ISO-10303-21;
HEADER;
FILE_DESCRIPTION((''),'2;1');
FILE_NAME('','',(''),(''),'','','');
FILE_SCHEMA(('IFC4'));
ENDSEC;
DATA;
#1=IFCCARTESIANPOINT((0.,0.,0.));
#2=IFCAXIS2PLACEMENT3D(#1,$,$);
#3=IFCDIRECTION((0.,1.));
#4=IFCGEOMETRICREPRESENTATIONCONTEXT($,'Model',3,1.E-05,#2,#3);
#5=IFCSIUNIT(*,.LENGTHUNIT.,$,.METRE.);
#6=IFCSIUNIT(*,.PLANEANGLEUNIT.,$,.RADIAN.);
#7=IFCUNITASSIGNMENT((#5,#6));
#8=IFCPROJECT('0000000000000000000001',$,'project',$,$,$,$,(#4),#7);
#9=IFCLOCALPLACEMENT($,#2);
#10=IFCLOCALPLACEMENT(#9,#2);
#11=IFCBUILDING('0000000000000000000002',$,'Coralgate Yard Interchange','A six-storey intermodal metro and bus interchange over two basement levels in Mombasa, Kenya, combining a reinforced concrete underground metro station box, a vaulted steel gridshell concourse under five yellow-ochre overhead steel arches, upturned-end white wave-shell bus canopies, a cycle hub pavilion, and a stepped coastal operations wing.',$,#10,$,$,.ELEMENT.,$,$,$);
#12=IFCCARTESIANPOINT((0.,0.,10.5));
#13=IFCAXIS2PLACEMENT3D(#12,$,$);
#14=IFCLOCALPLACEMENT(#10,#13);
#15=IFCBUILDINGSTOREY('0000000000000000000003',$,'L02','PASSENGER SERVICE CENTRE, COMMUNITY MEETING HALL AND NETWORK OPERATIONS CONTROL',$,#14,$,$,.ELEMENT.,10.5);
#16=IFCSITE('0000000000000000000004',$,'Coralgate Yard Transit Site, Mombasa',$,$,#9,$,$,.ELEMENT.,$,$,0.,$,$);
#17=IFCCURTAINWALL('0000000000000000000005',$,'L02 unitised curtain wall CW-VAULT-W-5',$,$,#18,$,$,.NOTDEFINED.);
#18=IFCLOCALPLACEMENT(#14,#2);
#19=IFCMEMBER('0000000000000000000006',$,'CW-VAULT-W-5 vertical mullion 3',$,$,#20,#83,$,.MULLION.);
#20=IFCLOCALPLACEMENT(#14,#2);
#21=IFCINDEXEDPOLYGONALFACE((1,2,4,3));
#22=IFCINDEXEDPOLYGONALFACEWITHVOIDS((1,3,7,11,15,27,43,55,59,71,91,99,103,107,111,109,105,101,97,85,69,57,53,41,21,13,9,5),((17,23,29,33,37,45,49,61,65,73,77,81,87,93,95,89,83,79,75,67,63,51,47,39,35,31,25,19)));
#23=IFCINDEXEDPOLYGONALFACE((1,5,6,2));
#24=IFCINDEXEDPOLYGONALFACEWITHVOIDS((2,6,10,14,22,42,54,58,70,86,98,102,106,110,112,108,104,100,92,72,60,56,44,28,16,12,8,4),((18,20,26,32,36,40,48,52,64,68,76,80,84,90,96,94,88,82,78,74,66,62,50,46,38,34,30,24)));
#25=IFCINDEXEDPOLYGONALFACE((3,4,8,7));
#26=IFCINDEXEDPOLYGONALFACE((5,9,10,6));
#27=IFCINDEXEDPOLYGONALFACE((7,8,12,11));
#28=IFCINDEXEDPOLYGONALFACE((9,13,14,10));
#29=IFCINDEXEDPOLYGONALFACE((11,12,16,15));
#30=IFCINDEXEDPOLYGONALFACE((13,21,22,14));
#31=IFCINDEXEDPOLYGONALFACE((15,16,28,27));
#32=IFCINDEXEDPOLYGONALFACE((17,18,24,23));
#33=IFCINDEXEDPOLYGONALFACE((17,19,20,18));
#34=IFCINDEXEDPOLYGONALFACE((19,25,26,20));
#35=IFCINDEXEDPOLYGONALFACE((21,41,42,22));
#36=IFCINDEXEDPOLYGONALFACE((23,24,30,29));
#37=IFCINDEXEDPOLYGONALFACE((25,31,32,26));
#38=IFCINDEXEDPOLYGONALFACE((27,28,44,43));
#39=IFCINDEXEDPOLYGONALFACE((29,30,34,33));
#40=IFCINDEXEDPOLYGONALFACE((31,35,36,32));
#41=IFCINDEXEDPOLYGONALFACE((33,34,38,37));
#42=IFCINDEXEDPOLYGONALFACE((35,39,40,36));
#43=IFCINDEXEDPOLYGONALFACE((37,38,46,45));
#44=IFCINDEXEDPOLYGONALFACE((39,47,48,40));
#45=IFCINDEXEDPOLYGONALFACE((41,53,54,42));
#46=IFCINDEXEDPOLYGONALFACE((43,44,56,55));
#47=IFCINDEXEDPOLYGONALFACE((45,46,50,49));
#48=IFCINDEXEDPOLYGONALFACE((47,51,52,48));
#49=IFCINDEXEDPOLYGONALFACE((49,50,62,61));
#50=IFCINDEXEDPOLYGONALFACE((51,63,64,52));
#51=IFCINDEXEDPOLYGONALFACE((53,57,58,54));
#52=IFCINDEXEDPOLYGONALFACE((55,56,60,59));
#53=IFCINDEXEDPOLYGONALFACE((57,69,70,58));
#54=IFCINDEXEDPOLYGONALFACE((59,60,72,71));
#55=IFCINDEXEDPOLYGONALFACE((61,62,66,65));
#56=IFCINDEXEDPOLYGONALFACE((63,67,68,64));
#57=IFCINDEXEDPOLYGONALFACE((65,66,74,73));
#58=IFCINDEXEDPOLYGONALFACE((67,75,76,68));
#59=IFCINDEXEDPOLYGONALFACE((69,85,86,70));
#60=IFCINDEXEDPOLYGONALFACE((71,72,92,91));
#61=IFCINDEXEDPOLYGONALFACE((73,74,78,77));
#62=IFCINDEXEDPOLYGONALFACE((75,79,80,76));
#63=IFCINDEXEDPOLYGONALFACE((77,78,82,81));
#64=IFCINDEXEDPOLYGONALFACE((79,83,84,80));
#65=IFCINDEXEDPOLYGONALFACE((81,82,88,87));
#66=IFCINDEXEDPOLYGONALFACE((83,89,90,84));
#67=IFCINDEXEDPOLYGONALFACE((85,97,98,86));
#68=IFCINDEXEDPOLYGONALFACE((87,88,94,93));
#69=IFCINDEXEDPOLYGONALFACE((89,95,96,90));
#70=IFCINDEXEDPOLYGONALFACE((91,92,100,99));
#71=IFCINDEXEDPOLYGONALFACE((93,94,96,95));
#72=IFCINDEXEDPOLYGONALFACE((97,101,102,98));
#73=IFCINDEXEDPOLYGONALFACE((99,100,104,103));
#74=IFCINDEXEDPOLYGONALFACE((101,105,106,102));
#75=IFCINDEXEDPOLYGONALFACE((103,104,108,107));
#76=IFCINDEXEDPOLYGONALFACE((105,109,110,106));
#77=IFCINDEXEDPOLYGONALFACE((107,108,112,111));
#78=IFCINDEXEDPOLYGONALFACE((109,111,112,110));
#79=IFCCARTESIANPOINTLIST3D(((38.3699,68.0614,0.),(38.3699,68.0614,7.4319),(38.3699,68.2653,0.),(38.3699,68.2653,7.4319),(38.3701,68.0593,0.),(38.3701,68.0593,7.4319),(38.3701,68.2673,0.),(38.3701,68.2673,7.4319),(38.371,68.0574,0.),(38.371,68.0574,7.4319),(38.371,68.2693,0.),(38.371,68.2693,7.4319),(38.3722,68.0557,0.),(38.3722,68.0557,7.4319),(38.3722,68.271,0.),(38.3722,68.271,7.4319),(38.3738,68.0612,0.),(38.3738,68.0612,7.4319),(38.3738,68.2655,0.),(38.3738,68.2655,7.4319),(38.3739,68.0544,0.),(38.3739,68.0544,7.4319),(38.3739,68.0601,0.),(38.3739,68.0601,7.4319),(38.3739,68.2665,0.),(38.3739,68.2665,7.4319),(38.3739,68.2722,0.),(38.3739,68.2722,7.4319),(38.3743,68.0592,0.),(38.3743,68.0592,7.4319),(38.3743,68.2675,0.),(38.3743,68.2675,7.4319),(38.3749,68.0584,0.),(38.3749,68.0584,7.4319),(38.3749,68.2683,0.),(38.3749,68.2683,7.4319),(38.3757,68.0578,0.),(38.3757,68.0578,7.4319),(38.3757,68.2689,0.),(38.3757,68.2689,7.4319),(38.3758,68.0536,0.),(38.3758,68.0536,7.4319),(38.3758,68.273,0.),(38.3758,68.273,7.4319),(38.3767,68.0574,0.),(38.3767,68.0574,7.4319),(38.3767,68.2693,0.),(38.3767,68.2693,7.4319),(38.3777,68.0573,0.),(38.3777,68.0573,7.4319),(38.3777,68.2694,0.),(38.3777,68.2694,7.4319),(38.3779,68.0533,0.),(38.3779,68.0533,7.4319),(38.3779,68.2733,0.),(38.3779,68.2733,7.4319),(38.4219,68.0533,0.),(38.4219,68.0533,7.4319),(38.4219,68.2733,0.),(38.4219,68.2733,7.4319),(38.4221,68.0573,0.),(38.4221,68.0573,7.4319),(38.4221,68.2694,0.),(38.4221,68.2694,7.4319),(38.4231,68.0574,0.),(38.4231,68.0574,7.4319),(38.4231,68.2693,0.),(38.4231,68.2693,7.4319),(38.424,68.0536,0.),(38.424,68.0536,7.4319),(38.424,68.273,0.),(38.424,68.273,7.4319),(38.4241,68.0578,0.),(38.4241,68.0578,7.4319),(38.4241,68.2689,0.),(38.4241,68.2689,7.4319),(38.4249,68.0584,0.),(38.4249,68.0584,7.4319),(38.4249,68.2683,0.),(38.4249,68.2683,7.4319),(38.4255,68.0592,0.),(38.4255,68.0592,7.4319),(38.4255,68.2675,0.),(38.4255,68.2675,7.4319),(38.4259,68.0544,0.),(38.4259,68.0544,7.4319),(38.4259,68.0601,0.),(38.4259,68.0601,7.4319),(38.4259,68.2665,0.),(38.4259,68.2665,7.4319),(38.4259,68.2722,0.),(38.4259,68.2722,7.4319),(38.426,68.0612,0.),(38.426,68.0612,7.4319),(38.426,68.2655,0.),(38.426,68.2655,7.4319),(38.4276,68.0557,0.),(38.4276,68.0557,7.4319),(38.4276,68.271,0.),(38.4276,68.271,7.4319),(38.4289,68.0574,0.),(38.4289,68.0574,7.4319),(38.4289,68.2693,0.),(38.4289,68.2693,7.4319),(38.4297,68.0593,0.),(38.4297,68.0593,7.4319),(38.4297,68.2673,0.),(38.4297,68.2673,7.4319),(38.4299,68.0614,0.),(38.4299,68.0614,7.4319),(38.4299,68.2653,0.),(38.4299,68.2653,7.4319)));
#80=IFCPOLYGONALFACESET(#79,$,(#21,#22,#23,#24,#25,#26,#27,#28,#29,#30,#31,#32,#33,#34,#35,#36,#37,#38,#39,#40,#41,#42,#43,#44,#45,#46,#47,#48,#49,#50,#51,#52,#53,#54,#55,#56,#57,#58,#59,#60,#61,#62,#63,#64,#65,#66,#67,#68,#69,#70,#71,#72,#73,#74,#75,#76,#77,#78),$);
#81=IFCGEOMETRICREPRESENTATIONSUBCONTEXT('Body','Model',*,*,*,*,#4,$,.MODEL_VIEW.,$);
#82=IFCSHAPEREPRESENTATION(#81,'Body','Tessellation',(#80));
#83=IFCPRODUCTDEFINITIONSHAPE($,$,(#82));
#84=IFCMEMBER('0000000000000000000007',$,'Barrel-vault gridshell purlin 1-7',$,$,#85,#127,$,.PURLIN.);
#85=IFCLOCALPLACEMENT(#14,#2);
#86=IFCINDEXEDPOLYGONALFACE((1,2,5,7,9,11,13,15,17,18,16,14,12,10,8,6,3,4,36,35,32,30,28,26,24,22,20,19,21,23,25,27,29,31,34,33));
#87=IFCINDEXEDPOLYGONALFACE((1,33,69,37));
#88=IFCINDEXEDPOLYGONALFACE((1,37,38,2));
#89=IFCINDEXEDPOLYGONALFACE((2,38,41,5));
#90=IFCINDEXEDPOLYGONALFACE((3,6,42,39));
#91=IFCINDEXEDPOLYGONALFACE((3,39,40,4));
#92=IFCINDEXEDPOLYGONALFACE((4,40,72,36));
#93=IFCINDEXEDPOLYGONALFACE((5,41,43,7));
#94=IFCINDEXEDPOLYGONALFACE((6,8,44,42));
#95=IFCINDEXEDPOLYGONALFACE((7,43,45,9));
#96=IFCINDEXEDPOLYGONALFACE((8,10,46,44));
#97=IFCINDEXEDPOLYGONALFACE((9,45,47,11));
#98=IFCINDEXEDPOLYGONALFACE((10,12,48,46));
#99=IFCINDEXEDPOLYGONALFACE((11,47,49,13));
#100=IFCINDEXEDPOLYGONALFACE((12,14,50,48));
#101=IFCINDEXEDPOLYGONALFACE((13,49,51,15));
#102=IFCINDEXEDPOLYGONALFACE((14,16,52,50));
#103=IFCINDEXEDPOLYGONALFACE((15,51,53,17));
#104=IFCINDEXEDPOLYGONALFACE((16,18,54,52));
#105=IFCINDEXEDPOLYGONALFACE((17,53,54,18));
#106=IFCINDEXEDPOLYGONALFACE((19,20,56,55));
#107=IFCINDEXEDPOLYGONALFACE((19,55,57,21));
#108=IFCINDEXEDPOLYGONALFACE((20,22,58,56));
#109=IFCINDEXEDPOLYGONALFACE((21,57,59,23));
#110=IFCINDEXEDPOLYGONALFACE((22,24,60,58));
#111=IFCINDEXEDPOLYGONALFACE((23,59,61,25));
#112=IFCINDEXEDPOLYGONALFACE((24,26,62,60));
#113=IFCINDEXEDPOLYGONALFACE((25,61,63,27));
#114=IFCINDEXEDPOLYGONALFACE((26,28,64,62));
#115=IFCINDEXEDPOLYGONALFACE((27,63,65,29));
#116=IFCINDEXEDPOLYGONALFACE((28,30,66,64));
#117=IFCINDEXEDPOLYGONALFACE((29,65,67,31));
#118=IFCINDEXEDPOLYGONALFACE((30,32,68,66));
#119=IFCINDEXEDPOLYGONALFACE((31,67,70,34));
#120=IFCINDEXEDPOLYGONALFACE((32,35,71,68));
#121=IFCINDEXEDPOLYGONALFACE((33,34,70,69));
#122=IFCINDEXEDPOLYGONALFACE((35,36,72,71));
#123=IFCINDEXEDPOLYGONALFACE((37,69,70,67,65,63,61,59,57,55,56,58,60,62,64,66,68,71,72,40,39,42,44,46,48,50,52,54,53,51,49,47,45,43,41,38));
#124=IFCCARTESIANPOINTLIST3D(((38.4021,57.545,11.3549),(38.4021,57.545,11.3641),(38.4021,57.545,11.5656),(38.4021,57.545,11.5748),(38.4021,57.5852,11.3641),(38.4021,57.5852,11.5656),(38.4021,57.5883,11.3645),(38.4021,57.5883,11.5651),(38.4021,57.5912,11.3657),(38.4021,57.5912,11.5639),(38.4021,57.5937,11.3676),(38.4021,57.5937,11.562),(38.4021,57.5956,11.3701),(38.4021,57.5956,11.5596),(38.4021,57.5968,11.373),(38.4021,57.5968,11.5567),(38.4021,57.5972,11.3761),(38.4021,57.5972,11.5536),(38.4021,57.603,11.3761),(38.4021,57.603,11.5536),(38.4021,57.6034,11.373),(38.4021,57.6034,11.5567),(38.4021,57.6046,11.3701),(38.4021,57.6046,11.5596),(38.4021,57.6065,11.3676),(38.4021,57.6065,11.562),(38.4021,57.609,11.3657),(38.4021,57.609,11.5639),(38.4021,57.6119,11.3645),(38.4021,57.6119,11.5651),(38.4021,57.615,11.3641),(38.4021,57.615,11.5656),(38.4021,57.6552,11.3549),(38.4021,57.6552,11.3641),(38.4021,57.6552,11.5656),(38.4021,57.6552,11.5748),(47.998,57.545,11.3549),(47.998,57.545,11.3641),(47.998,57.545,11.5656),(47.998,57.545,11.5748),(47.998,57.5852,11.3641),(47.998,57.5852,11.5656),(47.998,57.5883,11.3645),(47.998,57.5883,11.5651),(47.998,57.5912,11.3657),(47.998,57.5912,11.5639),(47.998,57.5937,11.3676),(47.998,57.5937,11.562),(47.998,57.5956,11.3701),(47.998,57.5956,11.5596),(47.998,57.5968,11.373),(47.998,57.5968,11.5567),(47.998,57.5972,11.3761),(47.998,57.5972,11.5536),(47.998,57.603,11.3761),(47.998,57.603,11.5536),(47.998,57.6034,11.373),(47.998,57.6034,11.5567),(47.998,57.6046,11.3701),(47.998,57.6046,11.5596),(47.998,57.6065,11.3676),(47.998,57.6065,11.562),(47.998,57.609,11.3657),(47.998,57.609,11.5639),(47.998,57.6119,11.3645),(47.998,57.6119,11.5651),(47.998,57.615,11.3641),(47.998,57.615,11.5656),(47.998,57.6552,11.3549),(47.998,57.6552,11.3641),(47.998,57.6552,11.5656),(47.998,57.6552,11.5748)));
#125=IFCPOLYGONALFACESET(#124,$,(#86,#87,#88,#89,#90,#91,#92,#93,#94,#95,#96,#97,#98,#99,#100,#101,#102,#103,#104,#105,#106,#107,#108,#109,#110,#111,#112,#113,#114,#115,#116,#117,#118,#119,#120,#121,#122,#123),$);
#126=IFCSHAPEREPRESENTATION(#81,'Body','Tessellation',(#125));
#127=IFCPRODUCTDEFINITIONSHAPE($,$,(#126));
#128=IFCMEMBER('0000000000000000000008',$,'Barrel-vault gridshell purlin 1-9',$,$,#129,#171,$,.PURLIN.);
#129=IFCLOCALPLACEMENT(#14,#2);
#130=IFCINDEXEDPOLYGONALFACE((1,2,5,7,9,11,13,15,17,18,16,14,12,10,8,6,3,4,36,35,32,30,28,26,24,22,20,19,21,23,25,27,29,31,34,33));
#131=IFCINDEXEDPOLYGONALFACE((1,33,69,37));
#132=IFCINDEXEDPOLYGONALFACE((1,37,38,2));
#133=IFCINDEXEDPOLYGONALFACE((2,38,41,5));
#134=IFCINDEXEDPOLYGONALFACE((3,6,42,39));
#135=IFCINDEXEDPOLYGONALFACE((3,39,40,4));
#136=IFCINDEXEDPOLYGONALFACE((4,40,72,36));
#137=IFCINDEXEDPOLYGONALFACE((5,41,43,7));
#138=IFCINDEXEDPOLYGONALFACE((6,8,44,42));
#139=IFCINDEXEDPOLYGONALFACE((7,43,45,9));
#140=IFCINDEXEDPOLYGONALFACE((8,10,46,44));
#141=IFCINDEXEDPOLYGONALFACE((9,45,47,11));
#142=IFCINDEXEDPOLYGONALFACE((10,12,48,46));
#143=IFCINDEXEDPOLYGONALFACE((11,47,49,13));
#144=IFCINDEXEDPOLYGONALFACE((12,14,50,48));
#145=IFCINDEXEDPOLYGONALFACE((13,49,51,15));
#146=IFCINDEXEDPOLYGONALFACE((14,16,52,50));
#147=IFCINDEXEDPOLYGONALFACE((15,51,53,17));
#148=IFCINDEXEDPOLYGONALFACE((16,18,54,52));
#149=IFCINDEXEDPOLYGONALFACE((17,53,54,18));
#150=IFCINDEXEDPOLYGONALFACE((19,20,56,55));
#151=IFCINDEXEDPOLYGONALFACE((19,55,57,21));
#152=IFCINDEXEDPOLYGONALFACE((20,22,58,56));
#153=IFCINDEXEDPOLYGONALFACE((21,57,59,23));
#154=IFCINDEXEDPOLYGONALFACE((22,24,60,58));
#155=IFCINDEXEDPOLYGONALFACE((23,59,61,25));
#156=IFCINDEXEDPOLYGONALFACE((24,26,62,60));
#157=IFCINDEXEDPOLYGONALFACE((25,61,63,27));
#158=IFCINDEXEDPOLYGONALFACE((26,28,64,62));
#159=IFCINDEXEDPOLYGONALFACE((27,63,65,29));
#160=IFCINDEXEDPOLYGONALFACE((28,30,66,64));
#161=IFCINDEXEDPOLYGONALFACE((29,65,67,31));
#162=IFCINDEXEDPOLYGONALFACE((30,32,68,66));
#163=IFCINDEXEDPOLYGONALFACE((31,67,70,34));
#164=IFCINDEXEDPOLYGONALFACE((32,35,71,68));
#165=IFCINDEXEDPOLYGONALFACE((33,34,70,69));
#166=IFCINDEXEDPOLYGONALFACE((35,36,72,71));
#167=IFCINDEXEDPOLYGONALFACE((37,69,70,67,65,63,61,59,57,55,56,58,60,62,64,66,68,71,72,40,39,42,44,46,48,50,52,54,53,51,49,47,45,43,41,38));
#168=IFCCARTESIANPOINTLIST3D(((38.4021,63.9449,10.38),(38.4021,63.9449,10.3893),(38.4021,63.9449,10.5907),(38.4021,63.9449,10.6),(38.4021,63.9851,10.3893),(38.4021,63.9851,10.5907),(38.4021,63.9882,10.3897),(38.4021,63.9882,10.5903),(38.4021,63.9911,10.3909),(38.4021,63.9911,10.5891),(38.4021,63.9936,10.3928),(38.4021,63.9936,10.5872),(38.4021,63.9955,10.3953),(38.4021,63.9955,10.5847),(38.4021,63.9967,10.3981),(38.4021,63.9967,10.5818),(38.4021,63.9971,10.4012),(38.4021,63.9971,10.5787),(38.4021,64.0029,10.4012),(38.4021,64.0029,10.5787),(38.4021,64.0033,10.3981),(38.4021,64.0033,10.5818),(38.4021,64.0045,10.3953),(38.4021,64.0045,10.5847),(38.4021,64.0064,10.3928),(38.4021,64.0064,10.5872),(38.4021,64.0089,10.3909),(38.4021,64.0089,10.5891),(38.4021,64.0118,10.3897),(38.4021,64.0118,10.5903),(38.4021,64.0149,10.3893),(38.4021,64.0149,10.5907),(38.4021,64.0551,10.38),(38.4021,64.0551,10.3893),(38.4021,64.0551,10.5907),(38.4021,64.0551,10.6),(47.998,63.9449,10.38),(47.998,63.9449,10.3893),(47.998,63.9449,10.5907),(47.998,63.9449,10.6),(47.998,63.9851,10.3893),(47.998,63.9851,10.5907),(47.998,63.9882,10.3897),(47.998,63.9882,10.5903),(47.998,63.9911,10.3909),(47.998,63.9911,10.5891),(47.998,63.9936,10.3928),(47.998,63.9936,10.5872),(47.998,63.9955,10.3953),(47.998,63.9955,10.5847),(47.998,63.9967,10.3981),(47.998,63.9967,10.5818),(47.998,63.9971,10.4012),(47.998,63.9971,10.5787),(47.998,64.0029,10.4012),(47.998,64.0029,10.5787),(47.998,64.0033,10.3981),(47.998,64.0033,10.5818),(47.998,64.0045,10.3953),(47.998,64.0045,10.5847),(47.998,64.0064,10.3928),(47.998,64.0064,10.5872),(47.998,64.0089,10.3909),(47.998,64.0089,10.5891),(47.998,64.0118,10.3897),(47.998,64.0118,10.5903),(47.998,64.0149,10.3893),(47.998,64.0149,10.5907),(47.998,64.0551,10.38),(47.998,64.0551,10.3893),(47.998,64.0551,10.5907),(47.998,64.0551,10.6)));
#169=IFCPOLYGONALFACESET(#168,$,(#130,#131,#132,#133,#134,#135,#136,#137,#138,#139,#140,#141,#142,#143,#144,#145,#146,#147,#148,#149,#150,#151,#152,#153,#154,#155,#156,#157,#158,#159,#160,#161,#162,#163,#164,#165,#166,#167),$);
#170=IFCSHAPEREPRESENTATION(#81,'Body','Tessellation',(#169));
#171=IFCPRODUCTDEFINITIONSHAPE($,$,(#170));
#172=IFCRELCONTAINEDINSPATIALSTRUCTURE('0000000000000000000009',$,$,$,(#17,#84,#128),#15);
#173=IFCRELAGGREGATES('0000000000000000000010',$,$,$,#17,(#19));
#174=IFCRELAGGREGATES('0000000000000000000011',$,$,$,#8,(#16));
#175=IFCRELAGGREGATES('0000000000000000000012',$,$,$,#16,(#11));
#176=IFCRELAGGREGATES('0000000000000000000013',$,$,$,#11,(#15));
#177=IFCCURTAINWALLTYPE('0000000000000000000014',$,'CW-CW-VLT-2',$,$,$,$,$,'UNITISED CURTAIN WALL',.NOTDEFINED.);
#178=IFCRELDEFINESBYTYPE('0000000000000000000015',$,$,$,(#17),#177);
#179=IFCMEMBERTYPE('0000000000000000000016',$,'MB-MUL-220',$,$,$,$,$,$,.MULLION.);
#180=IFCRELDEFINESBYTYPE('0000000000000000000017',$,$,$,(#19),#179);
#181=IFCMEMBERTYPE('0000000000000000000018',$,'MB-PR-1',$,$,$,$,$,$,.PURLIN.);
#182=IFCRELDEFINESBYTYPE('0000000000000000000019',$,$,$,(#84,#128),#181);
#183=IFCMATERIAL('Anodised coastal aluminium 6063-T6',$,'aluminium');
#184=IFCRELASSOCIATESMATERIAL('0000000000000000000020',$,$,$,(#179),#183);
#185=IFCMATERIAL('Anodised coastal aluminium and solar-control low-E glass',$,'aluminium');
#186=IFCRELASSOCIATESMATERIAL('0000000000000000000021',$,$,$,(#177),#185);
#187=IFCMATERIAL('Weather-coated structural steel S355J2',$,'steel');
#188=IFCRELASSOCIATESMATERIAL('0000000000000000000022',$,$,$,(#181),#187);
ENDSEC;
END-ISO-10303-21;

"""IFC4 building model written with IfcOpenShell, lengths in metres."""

from ifc_helpers import new_model, si_unit, direction, frame, origin, origin_2d, place, context, subcontext, project, spatial, hollow_rectangle, i_section, extrude, material, material_profile, profile_set, type_object, element, aggregate, save


model = new_model("IFC4")

# Units and contexts
model_context = context("Model", 3, precision=1e-05, world=origin(), true_north=direction((0.0, 1.0)))
body_context = subcontext(model_context, "Body", "Model", "MODEL_VIEW")
ifc_project = project(units=[si_unit("LENGTHUNIT", "METRE"), si_unit("PLANEANGLEUNIT", "RADIAN")], contexts=[model_context])

# Site, building, storey
site_placement = place(None, origin())
site = spatial("IfcSite", under=ifc_project, at=site_placement, Name="Coralgate Yard Transit Site, Mombasa", CompositionType="ELEMENT", RefElevation=0.0)
building_placement = place(site_placement, origin())
building = spatial("IfcBuilding", under=site, at=building_placement, Name="Coralgate Yard Interchange", Description="A six-storey intermodal metro and bus interchange over two basement levels in Mombasa, Kenya, combining a reinforced concrete underground metro station box, a vaulted steel gridshell concourse under five yellow-ochre overhead steel arches, upturned-end white wave-shell bus canopies, a cycle hub pavilion, and a stepped coastal operations wing.", CompositionType="ELEMENT")
storey_placement = place(building_placement, frame((0.0, 0.0, 10.5)))
storey = spatial("IfcBuildingStorey", under=building, at=storey_placement, Name="L02", Description="PASSENGER SERVICE CENTRE, COMMUNITY MEETING HALL AND NETWORK OPERATIONS CONTROL", CompositionType="ELEMENT", Elevation=10.5)

# Shared definitions
ifc_material_1 = material(Name="Weather-coated structural steel S355J2", Category="steel")

# Curtain wall, member
ifc_material_2 = material(Name="Anodised coastal aluminium and solar-control low-E glass", Category="aluminium")
ifc_material_3 = material(Name="Anodised coastal aluminium 6063-T6", Category="aluminium")
ifc_material_profile_1 = material_profile(ifc_material_3, hollow_rectangle(XDim=0.0601, YDim=0.22, WallThickness=0.0039, InnerFilletRadius=0.0039, OuterFilletRadius=0.0081, at=origin_2d()), Name="ALU 60x220x4")
ifc_profile_set_1 = profile_set([ifc_material_profile_1], Name="Anodised coastal aluminium 6063-T6")
member_type_1 = type_object("IfcMemberType", Name="MB-MUL-220", PredefinedType="MULLION", material=ifc_profile_set_1)
curtain_wall_type_1 = type_object("IfcCurtainWallType", Name="CW-CW-VLT-2", ElementType="UNITISED CURTAIN WALL", PredefinedType="NOTDEFINED", material=ifc_material_2)
curtain_wall_1_placement = place(storey_placement, origin())
curtain_wall_1 = element("IfcCurtainWall", 1, at=curtain_wall_1_placement, inside=storey, type_object=curtain_wall_type_1, Name="L02 unitised curtain wall CW-VAULT-W-5", PredefinedType="NOTDEFINED")
member_1_placement = place(storey_placement, frame((38.3999, 68.1633, 0.0), z_axis=(0.0, 0.0, 1.0), x_axis=(1.0, 0.0, 0.0)))
member_1 = element("IfcMember", 2, at=member_1_placement, type_object=member_type_1, Name="CW-VAULT-W-5 vertical mullion 3", PredefinedType="MULLION", context=body_context, shape_type="SweptSolid", body=[
    extrude(hollow_rectangle(XDim=0.0601, YDim=0.22, WallThickness=0.0039, InnerFilletRadius=0.0039, OuterFilletRadius=0.0081, at=origin_2d()), origin(), (0.0, 0.0, 1.0), 7.4319),
])

# Members
ifc_material_profile_2 = material_profile(ifc_material_1, i_section(OverallWidth=0.1101, OverallDepth=0.22, WebThickness=0.0059, FlangeThickness=0.0093, FilletRadius=0.012, at=origin_2d()), Name="IPE 220")
ifc_profile_set_2 = profile_set([ifc_material_profile_2], Name="Weather-coated structural steel S355J2")
member_type_2 = type_object("IfcMemberType", Name="MB-PR-1", PredefinedType="PURLIN", material=ifc_profile_set_2)
for number, where, z_axis, x_axis, name in (
    (3, (38.4021, 57.6001, 11.4648), (1.0, 0.0, 0.0), (0.0, 1.0, 0.0), "Barrel-vault gridshell purlin 1-7"),
    (4, (38.4021, 64.0, 10.49), (1.0, 0.0, 0.0), (0.0, 1.0, 0.0), "Barrel-vault gridshell purlin 1-9"),
):
    element("IfcMember", number, at=place(storey_placement, frame(where, z_axis=z_axis, x_axis=x_axis)), inside=storey, type_object=member_type_2, Name=name, PredefinedType="PURLIN", context=body_context, shape_type="SweptSolid", body=[
        extrude(i_section(OverallWidth=0.1101, OverallDepth=0.22, WebThickness=0.0059, FlangeThickness=0.0093, FilletRadius=0.012, at=origin_2d()), origin(), (0.0, 0.0, 1.0), 9.5959),
    ])

aggregate(curtain_wall_1, [member_1])

save(model, "model.ifc")
